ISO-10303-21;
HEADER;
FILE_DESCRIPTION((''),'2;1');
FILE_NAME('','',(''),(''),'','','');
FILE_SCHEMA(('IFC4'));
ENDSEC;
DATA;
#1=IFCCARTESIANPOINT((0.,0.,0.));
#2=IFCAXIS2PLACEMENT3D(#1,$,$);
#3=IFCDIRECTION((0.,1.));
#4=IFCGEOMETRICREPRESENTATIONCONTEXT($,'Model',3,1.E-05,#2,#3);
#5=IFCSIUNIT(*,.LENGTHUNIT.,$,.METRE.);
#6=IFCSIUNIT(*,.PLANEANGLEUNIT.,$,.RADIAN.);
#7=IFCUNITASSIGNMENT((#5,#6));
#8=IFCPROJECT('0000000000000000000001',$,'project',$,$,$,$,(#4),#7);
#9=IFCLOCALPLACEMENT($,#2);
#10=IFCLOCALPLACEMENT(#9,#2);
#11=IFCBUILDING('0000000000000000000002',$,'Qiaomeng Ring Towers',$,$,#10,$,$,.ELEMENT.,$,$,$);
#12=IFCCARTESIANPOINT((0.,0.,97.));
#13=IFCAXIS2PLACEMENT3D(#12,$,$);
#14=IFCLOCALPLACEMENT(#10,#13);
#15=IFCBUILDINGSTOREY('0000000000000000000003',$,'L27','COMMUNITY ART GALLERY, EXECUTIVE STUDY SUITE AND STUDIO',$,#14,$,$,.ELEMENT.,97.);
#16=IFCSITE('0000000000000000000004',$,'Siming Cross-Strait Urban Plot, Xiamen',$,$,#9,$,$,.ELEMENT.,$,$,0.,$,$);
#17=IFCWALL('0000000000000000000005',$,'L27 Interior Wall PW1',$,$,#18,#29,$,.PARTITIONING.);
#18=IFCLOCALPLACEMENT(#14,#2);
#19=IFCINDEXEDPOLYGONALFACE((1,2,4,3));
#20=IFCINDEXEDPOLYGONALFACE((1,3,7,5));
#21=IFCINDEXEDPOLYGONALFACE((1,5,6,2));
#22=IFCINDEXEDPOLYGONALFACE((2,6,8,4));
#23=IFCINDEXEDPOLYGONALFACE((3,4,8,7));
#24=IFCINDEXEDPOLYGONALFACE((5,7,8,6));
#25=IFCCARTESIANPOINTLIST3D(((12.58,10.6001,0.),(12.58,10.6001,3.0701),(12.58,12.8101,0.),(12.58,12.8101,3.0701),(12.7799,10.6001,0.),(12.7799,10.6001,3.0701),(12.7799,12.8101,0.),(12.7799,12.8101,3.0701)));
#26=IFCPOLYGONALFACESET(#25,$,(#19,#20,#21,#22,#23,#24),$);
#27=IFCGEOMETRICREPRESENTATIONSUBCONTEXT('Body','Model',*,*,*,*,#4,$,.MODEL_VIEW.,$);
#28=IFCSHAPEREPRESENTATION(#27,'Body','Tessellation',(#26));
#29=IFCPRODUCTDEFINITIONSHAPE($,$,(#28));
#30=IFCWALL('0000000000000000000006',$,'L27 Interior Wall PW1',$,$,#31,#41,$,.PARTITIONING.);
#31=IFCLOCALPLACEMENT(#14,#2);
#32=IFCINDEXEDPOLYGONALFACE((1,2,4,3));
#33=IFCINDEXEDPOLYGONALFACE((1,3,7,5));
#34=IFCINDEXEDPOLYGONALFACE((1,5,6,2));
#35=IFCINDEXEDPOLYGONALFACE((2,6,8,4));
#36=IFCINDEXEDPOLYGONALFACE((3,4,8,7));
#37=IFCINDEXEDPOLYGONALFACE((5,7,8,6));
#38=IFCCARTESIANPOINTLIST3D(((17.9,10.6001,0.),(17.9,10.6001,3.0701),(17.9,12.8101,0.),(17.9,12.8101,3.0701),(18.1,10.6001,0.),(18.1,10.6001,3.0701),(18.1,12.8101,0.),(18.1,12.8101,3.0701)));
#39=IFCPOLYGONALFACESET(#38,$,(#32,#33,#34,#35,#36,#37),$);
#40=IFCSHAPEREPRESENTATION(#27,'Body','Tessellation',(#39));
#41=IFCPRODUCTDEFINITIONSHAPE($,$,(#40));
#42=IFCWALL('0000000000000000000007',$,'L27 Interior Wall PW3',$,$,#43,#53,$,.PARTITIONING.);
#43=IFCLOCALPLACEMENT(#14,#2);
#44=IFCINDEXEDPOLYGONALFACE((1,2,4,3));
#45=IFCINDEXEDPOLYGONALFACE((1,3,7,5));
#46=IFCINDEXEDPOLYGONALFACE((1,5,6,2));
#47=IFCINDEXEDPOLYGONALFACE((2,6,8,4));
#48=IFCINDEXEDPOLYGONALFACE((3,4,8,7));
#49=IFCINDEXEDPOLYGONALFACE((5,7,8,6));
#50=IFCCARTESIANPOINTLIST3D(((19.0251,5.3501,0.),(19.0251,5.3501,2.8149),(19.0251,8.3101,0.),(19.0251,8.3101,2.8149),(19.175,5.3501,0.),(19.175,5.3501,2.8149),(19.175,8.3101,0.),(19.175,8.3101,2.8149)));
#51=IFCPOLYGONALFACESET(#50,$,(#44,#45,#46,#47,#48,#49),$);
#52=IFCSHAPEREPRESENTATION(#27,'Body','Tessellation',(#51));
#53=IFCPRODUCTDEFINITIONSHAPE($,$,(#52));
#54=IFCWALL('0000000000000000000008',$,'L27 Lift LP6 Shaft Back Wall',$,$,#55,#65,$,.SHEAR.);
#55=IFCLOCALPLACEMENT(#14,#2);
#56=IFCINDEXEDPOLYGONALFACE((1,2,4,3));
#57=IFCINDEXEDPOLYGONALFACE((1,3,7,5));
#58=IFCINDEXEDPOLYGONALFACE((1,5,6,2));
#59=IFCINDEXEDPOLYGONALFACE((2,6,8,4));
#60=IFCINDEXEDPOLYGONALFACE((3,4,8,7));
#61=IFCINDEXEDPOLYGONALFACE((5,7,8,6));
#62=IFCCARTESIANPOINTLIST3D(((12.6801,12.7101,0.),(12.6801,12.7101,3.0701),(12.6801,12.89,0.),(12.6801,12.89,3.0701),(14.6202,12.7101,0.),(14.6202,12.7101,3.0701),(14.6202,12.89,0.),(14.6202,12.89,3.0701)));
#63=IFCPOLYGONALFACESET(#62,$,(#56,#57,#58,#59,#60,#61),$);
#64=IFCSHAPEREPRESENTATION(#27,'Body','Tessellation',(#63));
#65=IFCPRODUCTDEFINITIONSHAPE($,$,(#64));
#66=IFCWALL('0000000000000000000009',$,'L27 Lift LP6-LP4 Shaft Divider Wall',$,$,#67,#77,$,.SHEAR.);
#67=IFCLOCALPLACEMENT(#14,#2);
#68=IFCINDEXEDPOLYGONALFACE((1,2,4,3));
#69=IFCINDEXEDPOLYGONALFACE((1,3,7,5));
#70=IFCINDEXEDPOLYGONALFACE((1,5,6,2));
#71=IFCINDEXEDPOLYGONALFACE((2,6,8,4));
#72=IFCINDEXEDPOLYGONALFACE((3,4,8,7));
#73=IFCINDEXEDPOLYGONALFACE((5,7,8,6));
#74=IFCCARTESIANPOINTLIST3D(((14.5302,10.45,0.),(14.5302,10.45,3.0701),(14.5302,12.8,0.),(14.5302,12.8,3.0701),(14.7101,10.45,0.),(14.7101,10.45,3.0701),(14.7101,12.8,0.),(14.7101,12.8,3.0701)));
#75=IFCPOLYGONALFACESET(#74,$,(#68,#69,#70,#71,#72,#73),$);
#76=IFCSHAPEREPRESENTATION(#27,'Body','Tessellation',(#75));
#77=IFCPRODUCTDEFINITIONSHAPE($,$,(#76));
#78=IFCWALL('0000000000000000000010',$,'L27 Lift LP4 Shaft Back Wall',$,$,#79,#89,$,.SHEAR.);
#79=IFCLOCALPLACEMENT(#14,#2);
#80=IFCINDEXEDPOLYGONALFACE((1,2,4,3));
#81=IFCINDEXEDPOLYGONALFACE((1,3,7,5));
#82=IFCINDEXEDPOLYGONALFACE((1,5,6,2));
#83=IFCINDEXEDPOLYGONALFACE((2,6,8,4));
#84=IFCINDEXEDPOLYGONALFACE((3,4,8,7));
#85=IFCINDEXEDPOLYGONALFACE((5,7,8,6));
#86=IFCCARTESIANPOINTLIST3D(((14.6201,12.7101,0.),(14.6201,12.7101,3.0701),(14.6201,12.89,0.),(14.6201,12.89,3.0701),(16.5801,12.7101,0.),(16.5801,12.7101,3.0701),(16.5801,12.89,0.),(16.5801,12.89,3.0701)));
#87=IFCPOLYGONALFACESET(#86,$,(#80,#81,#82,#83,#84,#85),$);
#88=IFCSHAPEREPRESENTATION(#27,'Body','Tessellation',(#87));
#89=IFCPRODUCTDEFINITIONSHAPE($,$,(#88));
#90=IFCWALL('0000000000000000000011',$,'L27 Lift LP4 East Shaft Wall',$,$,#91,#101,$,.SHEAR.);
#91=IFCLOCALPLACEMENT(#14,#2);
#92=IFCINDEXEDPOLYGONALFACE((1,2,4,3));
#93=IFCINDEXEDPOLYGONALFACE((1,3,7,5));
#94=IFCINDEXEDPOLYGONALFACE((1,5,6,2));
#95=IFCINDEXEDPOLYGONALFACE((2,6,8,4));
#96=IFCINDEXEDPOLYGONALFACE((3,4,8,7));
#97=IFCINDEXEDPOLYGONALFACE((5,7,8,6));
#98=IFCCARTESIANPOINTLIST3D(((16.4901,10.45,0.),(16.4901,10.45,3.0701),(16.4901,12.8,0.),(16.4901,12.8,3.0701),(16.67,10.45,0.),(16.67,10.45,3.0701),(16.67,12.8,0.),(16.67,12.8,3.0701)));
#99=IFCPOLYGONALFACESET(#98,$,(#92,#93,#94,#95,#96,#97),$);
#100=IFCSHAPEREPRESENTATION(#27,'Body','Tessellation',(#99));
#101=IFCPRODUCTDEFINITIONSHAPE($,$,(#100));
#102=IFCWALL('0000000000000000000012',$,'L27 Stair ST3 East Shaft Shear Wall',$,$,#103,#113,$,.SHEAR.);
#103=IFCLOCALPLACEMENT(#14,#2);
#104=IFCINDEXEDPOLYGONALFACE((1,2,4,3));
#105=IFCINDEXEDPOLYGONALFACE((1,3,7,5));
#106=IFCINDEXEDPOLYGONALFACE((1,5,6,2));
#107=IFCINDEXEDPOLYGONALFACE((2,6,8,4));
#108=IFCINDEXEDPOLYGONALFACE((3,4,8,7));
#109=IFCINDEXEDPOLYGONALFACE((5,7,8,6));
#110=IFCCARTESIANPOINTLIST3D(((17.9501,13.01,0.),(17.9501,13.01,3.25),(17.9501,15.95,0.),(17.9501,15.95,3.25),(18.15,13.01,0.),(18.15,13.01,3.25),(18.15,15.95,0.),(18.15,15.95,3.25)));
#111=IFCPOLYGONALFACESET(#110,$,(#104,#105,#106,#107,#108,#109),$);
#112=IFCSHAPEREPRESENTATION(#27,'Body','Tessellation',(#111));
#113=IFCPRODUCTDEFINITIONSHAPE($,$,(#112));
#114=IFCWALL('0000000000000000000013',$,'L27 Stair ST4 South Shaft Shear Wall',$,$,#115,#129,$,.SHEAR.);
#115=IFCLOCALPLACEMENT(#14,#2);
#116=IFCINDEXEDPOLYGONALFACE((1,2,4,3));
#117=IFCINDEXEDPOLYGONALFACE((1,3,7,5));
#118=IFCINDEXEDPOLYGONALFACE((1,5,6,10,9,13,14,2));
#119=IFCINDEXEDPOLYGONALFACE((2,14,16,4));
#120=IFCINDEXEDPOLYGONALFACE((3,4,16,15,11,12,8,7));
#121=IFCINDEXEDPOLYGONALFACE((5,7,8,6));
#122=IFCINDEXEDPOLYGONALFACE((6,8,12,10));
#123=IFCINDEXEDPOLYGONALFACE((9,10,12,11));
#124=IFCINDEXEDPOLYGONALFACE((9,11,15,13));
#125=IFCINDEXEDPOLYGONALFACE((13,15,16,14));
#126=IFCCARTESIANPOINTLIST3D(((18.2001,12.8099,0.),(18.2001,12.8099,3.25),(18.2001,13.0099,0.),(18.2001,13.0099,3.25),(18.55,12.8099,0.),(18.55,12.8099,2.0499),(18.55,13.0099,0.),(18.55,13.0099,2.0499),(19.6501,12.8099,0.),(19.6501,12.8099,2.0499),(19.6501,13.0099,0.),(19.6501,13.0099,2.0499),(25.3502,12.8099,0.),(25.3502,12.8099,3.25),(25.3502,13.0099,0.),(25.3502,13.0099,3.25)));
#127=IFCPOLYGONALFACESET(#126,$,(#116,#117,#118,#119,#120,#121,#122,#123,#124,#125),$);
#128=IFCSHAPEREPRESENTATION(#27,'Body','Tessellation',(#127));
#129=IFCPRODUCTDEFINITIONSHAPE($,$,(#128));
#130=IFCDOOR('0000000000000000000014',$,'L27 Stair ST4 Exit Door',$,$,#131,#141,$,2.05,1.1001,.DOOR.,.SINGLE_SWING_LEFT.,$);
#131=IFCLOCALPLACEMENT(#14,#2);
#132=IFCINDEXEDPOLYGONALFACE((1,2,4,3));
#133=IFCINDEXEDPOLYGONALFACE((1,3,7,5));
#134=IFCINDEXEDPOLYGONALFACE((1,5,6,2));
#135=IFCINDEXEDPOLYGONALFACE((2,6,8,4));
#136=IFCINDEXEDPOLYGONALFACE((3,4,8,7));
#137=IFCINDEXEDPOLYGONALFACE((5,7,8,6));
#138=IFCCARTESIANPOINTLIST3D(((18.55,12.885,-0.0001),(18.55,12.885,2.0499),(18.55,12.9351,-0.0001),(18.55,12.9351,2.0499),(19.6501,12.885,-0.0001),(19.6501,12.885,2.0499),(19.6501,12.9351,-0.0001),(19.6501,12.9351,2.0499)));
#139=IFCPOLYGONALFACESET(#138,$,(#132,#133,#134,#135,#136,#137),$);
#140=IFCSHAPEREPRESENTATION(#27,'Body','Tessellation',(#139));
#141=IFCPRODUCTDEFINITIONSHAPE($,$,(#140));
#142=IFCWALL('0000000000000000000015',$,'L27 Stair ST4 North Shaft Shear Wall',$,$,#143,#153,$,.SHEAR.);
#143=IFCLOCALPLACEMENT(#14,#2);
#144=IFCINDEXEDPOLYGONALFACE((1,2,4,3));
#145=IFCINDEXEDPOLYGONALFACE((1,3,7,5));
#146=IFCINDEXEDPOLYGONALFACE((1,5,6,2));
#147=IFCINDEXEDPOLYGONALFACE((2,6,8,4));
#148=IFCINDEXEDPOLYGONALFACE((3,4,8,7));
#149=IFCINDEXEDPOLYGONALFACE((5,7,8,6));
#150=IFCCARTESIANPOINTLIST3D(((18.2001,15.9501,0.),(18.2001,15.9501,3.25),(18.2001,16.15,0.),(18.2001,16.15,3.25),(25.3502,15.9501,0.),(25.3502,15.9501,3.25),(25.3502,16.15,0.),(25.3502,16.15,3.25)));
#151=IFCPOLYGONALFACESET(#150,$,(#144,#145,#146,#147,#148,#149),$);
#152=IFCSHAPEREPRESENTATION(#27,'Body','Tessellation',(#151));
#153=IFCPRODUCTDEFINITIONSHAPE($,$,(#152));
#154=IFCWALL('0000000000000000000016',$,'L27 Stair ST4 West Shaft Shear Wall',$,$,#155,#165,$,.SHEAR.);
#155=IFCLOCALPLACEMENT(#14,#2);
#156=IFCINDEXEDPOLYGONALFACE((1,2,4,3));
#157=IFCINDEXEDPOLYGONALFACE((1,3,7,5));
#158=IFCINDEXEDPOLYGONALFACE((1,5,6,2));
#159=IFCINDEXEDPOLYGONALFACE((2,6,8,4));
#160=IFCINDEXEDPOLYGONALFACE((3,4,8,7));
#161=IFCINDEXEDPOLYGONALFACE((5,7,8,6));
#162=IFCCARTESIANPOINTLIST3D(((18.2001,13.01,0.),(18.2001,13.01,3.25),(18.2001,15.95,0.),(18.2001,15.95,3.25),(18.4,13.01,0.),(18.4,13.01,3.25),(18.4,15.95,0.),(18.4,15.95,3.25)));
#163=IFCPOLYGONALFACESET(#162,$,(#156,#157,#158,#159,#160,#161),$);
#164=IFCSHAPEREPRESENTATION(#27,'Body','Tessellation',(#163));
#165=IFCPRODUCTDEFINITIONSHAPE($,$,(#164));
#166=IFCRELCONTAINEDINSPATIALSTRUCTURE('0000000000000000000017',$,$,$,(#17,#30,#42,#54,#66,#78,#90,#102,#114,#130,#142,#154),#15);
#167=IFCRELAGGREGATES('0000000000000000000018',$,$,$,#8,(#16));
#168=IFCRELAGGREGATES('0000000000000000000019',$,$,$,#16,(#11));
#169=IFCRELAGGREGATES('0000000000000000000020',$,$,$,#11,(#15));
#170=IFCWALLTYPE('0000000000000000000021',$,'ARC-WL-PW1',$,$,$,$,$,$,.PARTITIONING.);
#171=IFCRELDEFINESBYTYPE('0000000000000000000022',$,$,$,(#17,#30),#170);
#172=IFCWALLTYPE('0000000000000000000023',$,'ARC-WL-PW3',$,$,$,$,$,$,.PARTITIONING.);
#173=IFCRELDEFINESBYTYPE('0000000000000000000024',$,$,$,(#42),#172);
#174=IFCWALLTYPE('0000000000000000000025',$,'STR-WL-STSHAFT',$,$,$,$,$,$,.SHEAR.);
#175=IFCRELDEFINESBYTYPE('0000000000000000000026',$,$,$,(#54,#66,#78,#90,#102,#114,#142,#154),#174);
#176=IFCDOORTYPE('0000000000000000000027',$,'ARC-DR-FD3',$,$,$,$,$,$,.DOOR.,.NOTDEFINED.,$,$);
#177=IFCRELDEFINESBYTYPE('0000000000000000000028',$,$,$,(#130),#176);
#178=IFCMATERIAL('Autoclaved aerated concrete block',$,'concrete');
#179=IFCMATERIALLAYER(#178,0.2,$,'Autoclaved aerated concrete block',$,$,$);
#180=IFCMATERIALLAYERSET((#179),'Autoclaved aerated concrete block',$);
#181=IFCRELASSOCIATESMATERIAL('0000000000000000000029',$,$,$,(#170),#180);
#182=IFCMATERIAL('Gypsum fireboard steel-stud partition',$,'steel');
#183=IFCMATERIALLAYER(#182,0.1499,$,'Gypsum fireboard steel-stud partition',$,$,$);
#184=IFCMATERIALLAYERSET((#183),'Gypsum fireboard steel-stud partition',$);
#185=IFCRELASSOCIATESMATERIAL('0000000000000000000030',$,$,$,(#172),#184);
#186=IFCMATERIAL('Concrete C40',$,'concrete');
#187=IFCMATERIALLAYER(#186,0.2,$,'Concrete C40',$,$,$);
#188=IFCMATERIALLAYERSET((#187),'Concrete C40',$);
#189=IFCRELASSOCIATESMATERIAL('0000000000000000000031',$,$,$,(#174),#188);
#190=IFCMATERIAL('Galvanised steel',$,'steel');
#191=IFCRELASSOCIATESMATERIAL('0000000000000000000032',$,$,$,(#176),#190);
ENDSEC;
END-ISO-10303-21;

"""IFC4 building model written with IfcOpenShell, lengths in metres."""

from ifc_helpers import new_model, si_unit, direction, frame, frame_2d, origin, place, context, subcontext, project, spatial, rectangle, extrude, source, transform, mapped, material, layer, layer_set, type_object, element, fill, save


model = new_model("IFC4")

# Units and contexts
model_context = context("Model", 3, precision=1e-05, world=origin(), true_north=direction((0.0, 1.0)))
body_context = subcontext(model_context, "Body", "Model", "MODEL_VIEW")
ifc_project = project(units=[si_unit("LENGTHUNIT", "METRE"), si_unit("PLANEANGLEUNIT", "RADIAN")], contexts=[model_context])

# Site, building, storey
site_placement = place(None, origin())
site = spatial("IfcSite", under=ifc_project, at=site_placement, Name="Siming Cross-Strait Urban Plot, Xiamen", CompositionType="ELEMENT", RefElevation=0.0)
building_placement = place(site_placement, origin())
building = spatial("IfcBuilding", under=site, at=building_placement, Name="Qiaomeng Ring Towers", CompositionType="ELEMENT")
storey_placement = place(building_placement, frame((0.0, 0.0, 97.0)))
storey = spatial("IfcBuildingStorey", under=building, at=storey_placement, Name="L27", Description="COMMUNITY ART GALLERY, EXECUTIVE STUDY SUITE AND STUDIO", CompositionType="ELEMENT", Elevation=97.0)

# Walls
ifc_material_1 = material(Name="Autoclaved aerated concrete block", Category="concrete")
ifc_layer_1 = layer(ifc_material_1, 0.2, Name="Autoclaved aerated concrete block")
ifc_layer_set_1 = layer_set([ifc_layer_1], Name="Autoclaved aerated concrete block")
wall_type_1 = type_object("IfcWallType", Name="ARC-WL-PW1", PredefinedType="PARTITIONING", material=ifc_layer_set_1)
for number, where, z_axis, x_axis, name in (
    (1, (12.6799, 10.6001, 0.0), (0.0, 0.0, 1.0), (0.0, 1.0, 0.0), "L27 Interior Wall PW1"),
    (2, (18.0, 10.6001, 0.0), (0.0, 0.0, 1.0), (0.0, 1.0, 0.0), "L27 Interior Wall PW1"),
):
    element("IfcWall", number, at=place(storey_placement, frame(where, z_axis=z_axis, x_axis=x_axis)), inside=storey, type_object=wall_type_1, Name=name, PredefinedType="PARTITIONING", context=body_context, shape_type="SweptSolid", body=[
        extrude(rectangle(XDim=2.21, YDim=0.2, at=frame_2d((1.105, 0.0))), origin(), (0.0, 0.0, 1.0), 3.0701),
    ])
ifc_material_2 = material(Name="Gypsum fireboard steel-stud partition", Category="steel")
ifc_layer_2 = layer(ifc_material_2, 0.1499, Name="Gypsum fireboard steel-stud partition")
ifc_layer_set_2 = layer_set([ifc_layer_2], Name="Gypsum fireboard steel-stud partition")
wall_type_2 = type_object("IfcWallType", Name="ARC-WL-PW3", PredefinedType="PARTITIONING", material=ifc_layer_set_2)
wall_1_placement = place(storey_placement, frame((19.1001, 5.3501, 0.0), z_axis=(0.0, 0.0, 1.0), x_axis=(0.0, 1.0, 0.0)))
element("IfcWall", 3, at=wall_1_placement, inside=storey, type_object=wall_type_2, Name="L27 Interior Wall PW3", PredefinedType="PARTITIONING", context=body_context, shape_type="SweptSolid", body=[
    extrude(rectangle(XDim=2.96, YDim=0.1499, at=frame_2d((1.48, 0.0))), origin(), (0.0, 0.0, 1.0), 2.8149),
])
ifc_material_3 = material(Name="Concrete C40", Category="concrete")
ifc_layer_3 = layer(ifc_material_3, 0.2, Name="Concrete C40")
ifc_layer_set_3 = layer_set([ifc_layer_3], Name="Concrete C40")
wall_type_3 = type_object("IfcWallType", Name="STR-WL-STSHAFT", PredefinedType="SHEAR", material=ifc_layer_set_3)
wall_2_placement = place(storey_placement, frame((12.6799, 12.8, 0.0), z_axis=(0.0, 0.0, 1.0), x_axis=(1.0, 0.0, 0.0)))
element("IfcWall", 4, at=wall_2_placement, inside=storey, type_object=wall_type_3, Name="L27 Lift LP6 Shaft Back Wall", PredefinedType="SHEAR", context=body_context, shape_type="SweptSolid", body=[
    extrude(rectangle(XDim=1.9402, YDim=0.1799, at=frame_2d((0.9702, 0.0))), origin(), (0.0, 0.0, 1.0), 3.0701),
])
wall_3_placement = place(storey_placement, frame((14.6201, 10.45, 0.0), z_axis=(0.0, 0.0, 1.0), x_axis=(0.0, 1.0, 0.0)))
element("IfcWall", 5, at=wall_3_placement, inside=storey, type_object=wall_type_3, Name="L27 Lift LP6-LP4 Shaft Divider Wall", PredefinedType="SHEAR", context=body_context, shape_type="SweptSolid", body=[
    extrude(rectangle(XDim=2.3501, YDim=0.1799, at=frame_2d((1.175, 0.0))), origin(), (0.0, 0.0, 1.0), 3.0701),
])
wall_4_placement = place(storey_placement, frame((14.6201, 12.8, 0.0), z_axis=(0.0, 0.0, 1.0), x_axis=(1.0, 0.0, 0.0)))
element("IfcWall", 6, at=wall_4_placement, inside=storey, type_object=wall_type_3, Name="L27 Lift LP4 Shaft Back Wall", PredefinedType="SHEAR", context=body_context, shape_type="SweptSolid", body=[
    extrude(rectangle(XDim=1.96, YDim=0.1799, at=frame_2d((0.98, 0.0))), origin(), (0.0, 0.0, 1.0), 3.0701),
])
wall_5_placement = place(storey_placement, frame((16.5801, 10.45, 0.0), z_axis=(0.0, 0.0, 1.0), x_axis=(0.0, 1.0, 0.0)))
element("IfcWall", 7, at=wall_5_placement, inside=storey, type_object=wall_type_3, Name="L27 Lift LP4 East Shaft Wall", PredefinedType="SHEAR", context=body_context, shape_type="SweptSolid", body=[
    extrude(rectangle(XDim=2.3501, YDim=0.1799, at=frame_2d((1.175, 0.0))), origin(), (0.0, 0.0, 1.0), 3.0701),
])
wall_6_placement = place(storey_placement, frame((18.05, 13.01, 0.0), z_axis=(0.0, 0.0, 1.0), x_axis=(0.0, 1.0, 0.0)))
element("IfcWall", 8, at=wall_6_placement, inside=storey, type_object=wall_type_3, Name="L27 Stair ST3 East Shaft Shear Wall", PredefinedType="SHEAR", context=body_context, shape_type="SweptSolid", body=[
    extrude(rectangle(XDim=2.9399, YDim=0.2, at=frame_2d((1.47, 0.0))), origin(), (0.0, 0.0, 1.0), 3.25),
])

# Wall, opening, door
wall_7_placement = place(storey_placement, frame((18.2, 12.9099, 0.0), z_axis=(0.0, 0.0, 1.0), x_axis=(1.0, 0.0, 0.0)))
wall_7 = element("IfcWall", 9, at=wall_7_placement, inside=storey, type_object=wall_type_3, Name="L27 Stair ST4 South Shaft Shear Wall", PredefinedType="SHEAR", context=body_context, shape_type="SweptSolid", body=[
    extrude(rectangle(XDim=7.1501, YDim=0.2, at=frame_2d((3.5752, 0.0))), origin(), (0.0, 0.0, 1.0), 3.25),
])
opening_placement = place(wall_7_placement, frame((0.3501, 0.0, 0.0)))
opening = element("IfcOpeningElement", 10, at=opening_placement, cuts=wall_7, PredefinedType="OPENING", context=body_context, shape_type="SweptSolid", body=[
    extrude(rectangle(XDim=1.1001, YDim=2.05, at=frame_2d((0.55, 1.0249))), frame((0.0, 0.1099, 0.0), z_axis=(0.0, -1.0, 0.0), x_axis=(1.0, 0.0, 0.0)), (0.0, 0.0, 1.0), 0.22),
])
ifc_material_4 = material(Name="Galvanised steel", Category="steel")
door_type = type_object("IfcDoorType", Name="ARC-DR-FD3", OperationType="NOTDEFINED", PredefinedType="DOOR", material=ifc_material_4)
shared_shape_1 = source(origin(), body_context, "Body", "SweptSolid", [
    extrude(rectangle(XDim=1.1001, YDim=2.05, at=frame_2d((0.55, 1.0249))), frame((0.0, 0.0249, 0.0), z_axis=(0.0, -1.0, 0.0), x_axis=(1.0, 0.0, 0.0)), (0.0, 0.0, 1.0), 0.05),
])
door_placement = place(opening_placement, frame((1.1001, 0.0, 0.0), z_axis=(0.0, 0.0, 1.0), x_axis=(-1.0, 0.0, 0.0)))
door = element("IfcDoor", 11, at=door_placement, inside=storey, type_object=door_type, Name="L27 Stair ST4 Exit Door", OperationType="SINGLE_SWING_LEFT", OverallHeight=2.05, OverallWidth=1.1001, PredefinedType="DOOR", context=body_context, shape_type="MappedRepresentation", body=[
    mapped(shared_shape_1, transform((0.0, 0.0, 0.0), x_axis=(1.0, 0.0, 0.0), y_axis=(0.0, 1.0, 0.0), z_axis=(0.0, 0.0, 1.0), scale=1.0)),
])
fill(opening, door)

# Walls
wall_8_placement = place(storey_placement, frame((18.2, 16.05, 0.0), z_axis=(0.0, 0.0, 1.0), x_axis=(1.0, 0.0, 0.0)))
element("IfcWall", 12, at=wall_8_placement, inside=storey, type_object=wall_type_3, Name="L27 Stair ST4 North Shaft Shear Wall", PredefinedType="SHEAR", context=body_context, shape_type="SweptSolid", body=[
    extrude(rectangle(XDim=7.1501, YDim=0.2, at=frame_2d((3.5752, 0.0))), origin(), (0.0, 0.0, 1.0), 3.25),
])
wall_9_placement = place(storey_placement, frame((18.3, 13.01, 0.0), z_axis=(0.0, 0.0, 1.0), x_axis=(0.0, 1.0, 0.0)))
element("IfcWall", 13, at=wall_9_placement, inside=storey, type_object=wall_type_3, Name="L27 Stair ST4 West Shaft Shear Wall", PredefinedType="SHEAR", context=body_context, shape_type="SweptSolid", body=[
    extrude(rectangle(XDim=2.9399, YDim=0.2, at=frame_2d((1.47, 0.0))), origin(), (0.0, 0.0, 1.0), 3.25),
])

save(model, "model.ifc")
